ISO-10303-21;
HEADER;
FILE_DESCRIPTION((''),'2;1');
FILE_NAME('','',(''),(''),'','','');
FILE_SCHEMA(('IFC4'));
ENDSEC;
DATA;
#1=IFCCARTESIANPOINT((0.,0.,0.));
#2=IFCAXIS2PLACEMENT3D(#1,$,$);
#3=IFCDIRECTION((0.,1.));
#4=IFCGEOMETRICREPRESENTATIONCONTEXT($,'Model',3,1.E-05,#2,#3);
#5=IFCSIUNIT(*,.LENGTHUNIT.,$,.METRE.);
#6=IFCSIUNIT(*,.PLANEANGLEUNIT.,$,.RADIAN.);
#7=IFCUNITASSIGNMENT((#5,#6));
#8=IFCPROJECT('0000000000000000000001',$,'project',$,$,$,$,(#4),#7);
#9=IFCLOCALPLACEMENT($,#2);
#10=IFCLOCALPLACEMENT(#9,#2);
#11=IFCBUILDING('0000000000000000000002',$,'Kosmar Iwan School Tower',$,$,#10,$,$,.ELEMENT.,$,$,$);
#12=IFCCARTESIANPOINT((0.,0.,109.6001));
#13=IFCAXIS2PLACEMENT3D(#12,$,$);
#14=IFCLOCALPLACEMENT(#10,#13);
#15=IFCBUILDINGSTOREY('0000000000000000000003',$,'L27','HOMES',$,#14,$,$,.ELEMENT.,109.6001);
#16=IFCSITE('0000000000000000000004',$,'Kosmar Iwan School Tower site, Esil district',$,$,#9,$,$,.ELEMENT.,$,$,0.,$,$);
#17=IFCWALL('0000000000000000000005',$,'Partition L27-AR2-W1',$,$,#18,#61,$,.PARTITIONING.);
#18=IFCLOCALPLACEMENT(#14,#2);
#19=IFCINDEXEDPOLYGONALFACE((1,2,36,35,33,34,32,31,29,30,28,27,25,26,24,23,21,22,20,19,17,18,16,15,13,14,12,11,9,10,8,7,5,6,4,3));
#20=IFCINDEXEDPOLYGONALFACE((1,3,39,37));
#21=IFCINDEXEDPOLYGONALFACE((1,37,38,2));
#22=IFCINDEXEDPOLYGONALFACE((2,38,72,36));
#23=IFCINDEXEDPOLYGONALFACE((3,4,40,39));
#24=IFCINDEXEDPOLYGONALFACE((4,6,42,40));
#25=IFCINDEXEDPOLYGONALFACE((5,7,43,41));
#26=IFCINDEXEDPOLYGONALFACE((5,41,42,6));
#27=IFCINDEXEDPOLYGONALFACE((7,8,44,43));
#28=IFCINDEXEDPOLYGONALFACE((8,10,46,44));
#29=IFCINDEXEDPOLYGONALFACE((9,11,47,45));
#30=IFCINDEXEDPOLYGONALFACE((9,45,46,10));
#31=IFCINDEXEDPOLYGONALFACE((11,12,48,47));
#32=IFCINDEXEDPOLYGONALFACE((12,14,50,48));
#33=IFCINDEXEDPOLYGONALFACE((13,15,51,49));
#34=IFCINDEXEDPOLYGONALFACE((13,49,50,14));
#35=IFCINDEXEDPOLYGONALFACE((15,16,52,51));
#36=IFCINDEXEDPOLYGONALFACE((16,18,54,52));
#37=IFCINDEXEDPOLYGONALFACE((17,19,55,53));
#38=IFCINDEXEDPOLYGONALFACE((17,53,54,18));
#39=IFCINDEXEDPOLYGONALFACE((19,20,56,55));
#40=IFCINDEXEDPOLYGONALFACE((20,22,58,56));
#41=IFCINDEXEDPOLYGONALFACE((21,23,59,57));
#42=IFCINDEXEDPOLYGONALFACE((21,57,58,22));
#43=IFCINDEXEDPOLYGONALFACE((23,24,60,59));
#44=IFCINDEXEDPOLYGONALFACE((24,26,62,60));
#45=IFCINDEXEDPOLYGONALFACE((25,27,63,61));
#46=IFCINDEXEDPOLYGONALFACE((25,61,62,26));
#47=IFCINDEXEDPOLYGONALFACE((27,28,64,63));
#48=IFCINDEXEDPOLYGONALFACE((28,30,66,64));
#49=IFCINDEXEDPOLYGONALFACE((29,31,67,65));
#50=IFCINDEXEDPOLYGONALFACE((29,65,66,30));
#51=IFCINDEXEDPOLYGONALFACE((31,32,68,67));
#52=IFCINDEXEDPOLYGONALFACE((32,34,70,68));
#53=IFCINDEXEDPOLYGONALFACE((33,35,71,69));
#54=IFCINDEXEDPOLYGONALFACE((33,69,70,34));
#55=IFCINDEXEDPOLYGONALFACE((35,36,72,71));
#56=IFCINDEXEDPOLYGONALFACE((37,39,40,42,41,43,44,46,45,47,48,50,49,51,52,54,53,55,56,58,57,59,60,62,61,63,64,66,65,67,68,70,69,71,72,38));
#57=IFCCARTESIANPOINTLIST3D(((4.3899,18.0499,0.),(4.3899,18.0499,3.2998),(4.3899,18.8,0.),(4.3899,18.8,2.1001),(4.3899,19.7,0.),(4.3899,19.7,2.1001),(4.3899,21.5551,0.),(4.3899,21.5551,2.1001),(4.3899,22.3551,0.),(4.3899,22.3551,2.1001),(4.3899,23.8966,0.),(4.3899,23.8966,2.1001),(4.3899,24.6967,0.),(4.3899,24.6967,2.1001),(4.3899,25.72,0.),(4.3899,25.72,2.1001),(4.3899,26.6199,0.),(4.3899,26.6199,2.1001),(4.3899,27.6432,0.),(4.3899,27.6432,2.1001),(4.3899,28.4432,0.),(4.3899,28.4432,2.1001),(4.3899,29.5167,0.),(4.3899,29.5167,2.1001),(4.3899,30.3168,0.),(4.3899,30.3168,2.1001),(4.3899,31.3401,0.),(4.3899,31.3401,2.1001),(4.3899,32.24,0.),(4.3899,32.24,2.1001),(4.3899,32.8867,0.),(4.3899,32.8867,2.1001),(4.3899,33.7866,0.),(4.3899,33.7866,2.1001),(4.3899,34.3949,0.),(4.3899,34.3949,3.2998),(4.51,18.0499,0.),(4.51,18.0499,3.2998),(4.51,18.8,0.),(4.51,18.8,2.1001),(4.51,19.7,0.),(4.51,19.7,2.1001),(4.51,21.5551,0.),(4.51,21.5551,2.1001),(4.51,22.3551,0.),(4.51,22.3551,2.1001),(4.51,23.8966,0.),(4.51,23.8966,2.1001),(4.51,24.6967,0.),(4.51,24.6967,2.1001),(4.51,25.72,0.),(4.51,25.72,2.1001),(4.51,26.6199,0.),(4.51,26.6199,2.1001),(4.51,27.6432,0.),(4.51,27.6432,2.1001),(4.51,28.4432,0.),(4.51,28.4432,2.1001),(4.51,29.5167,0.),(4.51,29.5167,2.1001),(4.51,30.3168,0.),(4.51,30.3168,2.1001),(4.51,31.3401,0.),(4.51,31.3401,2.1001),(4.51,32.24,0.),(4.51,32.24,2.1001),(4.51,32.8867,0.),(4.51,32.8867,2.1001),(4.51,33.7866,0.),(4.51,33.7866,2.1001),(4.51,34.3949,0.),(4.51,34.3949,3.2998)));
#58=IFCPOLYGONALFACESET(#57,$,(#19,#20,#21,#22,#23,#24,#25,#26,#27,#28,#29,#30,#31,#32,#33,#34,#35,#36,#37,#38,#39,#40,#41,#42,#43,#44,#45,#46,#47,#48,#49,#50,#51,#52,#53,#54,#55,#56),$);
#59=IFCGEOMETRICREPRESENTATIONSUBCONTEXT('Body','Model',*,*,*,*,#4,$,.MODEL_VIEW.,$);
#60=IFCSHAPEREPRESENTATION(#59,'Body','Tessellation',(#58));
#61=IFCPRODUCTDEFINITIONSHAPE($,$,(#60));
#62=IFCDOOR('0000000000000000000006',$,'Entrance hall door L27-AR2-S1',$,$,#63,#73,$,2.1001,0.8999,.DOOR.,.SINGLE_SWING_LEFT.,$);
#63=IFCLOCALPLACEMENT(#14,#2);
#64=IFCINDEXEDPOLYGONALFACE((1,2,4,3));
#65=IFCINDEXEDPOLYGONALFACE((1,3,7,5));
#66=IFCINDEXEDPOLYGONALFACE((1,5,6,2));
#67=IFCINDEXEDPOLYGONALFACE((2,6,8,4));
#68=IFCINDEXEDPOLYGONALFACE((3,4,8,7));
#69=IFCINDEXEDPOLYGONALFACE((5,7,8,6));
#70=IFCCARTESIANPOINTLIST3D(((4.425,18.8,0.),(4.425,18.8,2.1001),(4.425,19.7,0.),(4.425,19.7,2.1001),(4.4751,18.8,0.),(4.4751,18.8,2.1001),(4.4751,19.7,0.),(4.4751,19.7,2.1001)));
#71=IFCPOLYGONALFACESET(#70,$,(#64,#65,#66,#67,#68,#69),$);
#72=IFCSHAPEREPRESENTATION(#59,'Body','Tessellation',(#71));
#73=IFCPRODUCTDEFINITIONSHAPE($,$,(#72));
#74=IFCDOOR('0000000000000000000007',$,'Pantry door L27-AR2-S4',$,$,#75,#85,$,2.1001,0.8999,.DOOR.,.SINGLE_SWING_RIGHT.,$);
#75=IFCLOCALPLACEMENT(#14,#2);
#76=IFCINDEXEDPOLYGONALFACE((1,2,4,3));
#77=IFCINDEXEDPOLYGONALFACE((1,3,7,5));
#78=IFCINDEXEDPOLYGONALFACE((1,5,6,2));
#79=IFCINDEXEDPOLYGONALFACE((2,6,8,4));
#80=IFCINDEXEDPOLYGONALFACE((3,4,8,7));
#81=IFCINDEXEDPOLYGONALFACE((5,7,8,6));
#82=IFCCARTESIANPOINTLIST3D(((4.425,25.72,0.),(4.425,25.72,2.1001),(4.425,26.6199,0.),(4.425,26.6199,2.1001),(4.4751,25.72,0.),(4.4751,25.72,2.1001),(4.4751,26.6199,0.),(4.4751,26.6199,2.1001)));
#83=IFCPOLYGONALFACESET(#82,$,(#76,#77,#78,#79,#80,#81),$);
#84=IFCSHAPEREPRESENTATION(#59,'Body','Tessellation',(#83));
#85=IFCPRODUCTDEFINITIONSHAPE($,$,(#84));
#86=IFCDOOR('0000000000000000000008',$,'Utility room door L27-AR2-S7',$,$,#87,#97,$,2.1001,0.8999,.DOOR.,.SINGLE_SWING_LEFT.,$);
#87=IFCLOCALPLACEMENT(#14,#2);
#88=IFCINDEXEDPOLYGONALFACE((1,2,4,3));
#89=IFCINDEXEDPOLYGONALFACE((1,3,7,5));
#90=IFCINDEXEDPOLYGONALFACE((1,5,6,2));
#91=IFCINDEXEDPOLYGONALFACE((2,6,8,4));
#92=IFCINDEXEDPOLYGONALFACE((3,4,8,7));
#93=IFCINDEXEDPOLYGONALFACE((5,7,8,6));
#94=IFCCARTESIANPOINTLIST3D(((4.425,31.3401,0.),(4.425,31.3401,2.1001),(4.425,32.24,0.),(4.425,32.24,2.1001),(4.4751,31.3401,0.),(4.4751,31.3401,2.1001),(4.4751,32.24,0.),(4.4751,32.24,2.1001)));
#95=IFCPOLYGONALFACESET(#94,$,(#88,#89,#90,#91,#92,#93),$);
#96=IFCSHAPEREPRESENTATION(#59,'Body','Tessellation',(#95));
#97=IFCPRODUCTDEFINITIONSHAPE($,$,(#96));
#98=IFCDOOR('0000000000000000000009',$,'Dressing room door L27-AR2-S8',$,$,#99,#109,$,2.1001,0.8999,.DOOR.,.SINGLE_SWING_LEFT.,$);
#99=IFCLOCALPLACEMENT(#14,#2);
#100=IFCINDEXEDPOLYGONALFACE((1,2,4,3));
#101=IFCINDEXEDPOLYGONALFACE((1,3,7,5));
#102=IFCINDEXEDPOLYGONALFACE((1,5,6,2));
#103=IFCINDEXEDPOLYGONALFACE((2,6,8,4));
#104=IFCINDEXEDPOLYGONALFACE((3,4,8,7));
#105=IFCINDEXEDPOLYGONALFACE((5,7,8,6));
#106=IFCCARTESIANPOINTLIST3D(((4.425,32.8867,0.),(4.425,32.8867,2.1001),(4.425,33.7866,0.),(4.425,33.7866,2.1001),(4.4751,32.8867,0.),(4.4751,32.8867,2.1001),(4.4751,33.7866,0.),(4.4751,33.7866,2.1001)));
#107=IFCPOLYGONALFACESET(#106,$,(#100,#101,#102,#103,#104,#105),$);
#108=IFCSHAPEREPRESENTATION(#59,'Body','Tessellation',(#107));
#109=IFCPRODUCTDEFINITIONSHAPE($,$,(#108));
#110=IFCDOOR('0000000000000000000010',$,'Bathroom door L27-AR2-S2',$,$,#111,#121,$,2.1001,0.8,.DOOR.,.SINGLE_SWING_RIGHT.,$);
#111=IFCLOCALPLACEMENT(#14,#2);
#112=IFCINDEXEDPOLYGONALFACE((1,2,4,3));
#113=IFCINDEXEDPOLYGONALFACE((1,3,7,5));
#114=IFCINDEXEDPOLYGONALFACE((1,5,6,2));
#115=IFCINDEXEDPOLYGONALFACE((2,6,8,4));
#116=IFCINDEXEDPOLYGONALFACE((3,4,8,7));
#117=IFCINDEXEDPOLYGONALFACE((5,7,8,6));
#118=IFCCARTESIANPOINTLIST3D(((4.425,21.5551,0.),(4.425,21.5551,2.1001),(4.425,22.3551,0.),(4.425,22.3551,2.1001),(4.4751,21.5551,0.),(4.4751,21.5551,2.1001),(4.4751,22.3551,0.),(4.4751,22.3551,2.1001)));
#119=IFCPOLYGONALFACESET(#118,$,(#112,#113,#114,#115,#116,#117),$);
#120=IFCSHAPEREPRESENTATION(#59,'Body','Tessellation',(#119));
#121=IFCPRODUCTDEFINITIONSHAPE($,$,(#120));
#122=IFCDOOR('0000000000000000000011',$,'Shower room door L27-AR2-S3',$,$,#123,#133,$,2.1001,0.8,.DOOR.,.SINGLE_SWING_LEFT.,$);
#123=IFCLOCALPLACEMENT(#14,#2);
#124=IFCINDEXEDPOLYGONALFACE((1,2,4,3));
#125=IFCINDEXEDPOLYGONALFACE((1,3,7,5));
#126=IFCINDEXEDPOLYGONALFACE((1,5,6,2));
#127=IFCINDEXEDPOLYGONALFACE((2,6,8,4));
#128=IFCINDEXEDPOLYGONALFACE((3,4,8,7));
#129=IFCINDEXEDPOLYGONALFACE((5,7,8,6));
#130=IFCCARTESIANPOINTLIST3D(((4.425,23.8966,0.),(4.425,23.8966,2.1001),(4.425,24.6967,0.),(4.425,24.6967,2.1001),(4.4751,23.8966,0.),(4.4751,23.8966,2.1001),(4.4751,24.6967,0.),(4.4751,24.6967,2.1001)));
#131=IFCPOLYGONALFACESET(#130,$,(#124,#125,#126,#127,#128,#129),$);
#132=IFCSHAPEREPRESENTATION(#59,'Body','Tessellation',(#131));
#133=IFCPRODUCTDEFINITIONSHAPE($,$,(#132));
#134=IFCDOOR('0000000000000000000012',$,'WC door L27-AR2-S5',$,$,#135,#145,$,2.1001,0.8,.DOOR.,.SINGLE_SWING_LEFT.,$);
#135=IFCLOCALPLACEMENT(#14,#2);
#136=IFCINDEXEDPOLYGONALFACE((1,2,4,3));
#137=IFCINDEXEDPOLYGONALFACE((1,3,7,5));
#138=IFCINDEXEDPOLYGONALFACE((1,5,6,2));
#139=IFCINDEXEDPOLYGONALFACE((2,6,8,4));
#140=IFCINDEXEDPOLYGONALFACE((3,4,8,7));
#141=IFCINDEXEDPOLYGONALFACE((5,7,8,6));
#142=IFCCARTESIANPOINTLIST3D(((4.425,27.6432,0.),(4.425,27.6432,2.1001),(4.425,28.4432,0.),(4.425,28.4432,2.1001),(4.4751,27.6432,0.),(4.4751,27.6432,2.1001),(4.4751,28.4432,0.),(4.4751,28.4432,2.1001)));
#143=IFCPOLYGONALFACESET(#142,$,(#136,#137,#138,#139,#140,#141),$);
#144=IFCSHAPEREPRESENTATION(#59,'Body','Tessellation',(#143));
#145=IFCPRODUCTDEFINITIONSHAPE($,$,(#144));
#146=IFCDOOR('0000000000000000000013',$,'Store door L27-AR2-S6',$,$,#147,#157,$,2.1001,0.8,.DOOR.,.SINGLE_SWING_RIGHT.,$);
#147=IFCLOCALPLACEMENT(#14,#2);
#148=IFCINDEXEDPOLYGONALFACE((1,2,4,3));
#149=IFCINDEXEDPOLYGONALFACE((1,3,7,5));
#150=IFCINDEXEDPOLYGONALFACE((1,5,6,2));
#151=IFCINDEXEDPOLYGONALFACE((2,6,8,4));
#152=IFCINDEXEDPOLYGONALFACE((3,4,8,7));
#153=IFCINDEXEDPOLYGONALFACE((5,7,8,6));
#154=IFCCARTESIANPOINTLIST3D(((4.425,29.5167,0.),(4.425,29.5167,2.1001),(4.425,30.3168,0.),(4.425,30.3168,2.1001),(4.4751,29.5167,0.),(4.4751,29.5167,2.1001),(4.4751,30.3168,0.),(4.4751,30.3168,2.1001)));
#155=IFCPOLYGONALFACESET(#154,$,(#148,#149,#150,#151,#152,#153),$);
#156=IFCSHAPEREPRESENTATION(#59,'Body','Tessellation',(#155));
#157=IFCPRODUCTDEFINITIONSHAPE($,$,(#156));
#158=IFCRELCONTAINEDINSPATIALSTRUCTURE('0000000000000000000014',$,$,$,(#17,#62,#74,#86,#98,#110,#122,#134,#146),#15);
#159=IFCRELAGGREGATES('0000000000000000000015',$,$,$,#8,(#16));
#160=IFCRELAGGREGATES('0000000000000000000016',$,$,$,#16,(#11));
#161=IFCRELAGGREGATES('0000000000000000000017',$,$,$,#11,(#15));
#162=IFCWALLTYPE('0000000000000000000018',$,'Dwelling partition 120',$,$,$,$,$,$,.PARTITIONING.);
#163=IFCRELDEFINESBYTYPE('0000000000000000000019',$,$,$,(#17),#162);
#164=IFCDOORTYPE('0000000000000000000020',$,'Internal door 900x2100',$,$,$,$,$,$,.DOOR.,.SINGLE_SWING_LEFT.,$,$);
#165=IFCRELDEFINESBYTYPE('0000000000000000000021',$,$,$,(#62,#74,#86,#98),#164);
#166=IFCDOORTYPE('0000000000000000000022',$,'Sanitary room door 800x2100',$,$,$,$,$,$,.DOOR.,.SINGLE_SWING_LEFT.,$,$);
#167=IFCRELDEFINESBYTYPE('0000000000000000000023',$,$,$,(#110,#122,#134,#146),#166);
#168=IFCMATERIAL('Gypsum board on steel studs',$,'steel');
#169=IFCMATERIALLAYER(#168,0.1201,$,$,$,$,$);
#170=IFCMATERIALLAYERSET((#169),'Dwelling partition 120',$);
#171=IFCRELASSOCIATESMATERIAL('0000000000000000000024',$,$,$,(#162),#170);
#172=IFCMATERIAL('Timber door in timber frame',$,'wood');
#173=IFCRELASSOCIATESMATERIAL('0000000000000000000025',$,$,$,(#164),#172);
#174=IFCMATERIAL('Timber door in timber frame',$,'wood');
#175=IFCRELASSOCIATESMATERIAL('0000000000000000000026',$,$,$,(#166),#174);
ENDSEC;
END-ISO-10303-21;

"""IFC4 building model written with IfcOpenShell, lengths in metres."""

from ifc_helpers import new_model, si_unit, direction, frame, frame_2d, origin, place, context, subcontext, project, spatial, rectangle, extrude, material, layer, layer_set, type_object, element, fill, save


model = new_model("IFC4")

# Units and contexts
model_context = context("Model", 3, precision=1e-05, world=origin(), true_north=direction((0.0, 1.0)))
body_context = subcontext(model_context, "Body", "Model", "MODEL_VIEW")
ifc_project = project(units=[si_unit("LENGTHUNIT", "METRE"), si_unit("PLANEANGLEUNIT", "RADIAN")], contexts=[model_context])

# Site, building, storey
site_placement = place(None, origin())
site = spatial("IfcSite", under=ifc_project, at=site_placement, Name="Kosmar Iwan School Tower site, Esil district", CompositionType="ELEMENT", RefElevation=0.0)
building_placement = place(site_placement, origin())
building = spatial("IfcBuilding", under=site, at=building_placement, Name="Kosmar Iwan School Tower", CompositionType="ELEMENT")
storey_placement = place(building_placement, frame((0.0, 0.0, 109.6001)))
storey = spatial("IfcBuildingStorey", under=building, at=storey_placement, Name="L27", Description="HOMES", CompositionType="ELEMENT", Elevation=109.6001)

# Shared definitions
ifc_material_1 = material(Name="Gypsum board on steel studs", Category="steel")
ifc_layer_1 = layer(ifc_material_1, 0.1201)
ifc_layer_set_1 = layer_set([ifc_layer_1], Name="Dwelling partition 120")
wall_type_1 = type_object("IfcWallType", Name="Dwelling partition 120", PredefinedType="PARTITIONING", material=ifc_layer_set_1)
ifc_material_2 = material(Name="Timber door in timber frame", Category="wood")
door_type_1 = type_object("IfcDoorType", Name="Internal door 900x2100", OperationType="SINGLE_SWING_LEFT", PredefinedType="DOOR", material=ifc_material_2)

# Wall, openings, doors
wall_1_placement = place(storey_placement, frame((4.45, 18.05, 0.0), z_axis=(0.0, 0.0, 1.0), x_axis=(0.0, 1.0, 0.0)))
wall_1 = element("IfcWall", 1, at=wall_1_placement, inside=storey, type_object=wall_type_1, Name="Partition L27-AR2-W1", PredefinedType="PARTITIONING", context=body_context, shape_type="SweptSolid", body=[
    extrude(rectangle(XDim=16.345, YDim=0.1201, at=frame_2d((8.1724, 0.0))), origin(), (0.0, 0.0, 1.0), 3.2998),
])
opening_1_placement = place(wall_1_placement, frame((0.75, 0.0, 0.0)))
opening_1 = element("IfcOpeningElement", 2, at=opening_1_placement, cuts=wall_1, PredefinedType="OPENING", context=body_context, shape_type="SweptSolid", body=[
    extrude(rectangle(XDim=0.8999, YDim=2.1001, at=frame_2d((0.45, 1.05))), frame((0.0, 0.072, 0.0), z_axis=(0.0, -1.0, 0.0), x_axis=(1.0, 0.0, 0.0)), (0.0, 0.0, 1.0), 0.144),
])
opening_2_placement = place(wall_1_placement, frame((3.5051, 0.0, 0.0)))
opening_2 = element("IfcOpeningElement", 3, at=opening_2_placement, cuts=wall_1, PredefinedType="OPENING", context=body_context, shape_type="SweptSolid", body=[
    extrude(rectangle(XDim=0.8, YDim=2.1001, at=frame_2d((0.3999, 1.05))), frame((0.0, 0.072, 0.0), z_axis=(0.0, -1.0, 0.0), x_axis=(1.0, 0.0, 0.0)), (0.0, 0.0, 1.0), 0.144),
])
opening_3_placement = place(wall_1_placement, frame((5.8467, 0.0, 0.0)))
opening_3 = element("IfcOpeningElement", 4, at=opening_3_placement, cuts=wall_1, PredefinedType="OPENING", context=body_context, shape_type="SweptSolid", body=[
    extrude(rectangle(XDim=0.8, YDim=2.1001, at=frame_2d((0.3999, 1.05))), frame((0.0, 0.072, 0.0), z_axis=(0.0, -1.0, 0.0), x_axis=(1.0, 0.0, 0.0)), (0.0, 0.0, 1.0), 0.144),
])
opening_4_placement = place(wall_1_placement, frame((7.6699, 0.0, 0.0)))
opening_4 = element("IfcOpeningElement", 5, at=opening_4_placement, cuts=wall_1, PredefinedType="OPENING", context=body_context, shape_type="SweptSolid", body=[
    extrude(rectangle(XDim=0.8999, YDim=2.1001, at=frame_2d((0.45, 1.05))), frame((0.0, 0.072, 0.0), z_axis=(0.0, -1.0, 0.0), x_axis=(1.0, 0.0, 0.0)), (0.0, 0.0, 1.0), 0.144),
])
opening_5_placement = place(wall_1_placement, frame((9.5933, 0.0, 0.0)))
opening_5 = element("IfcOpeningElement", 6, at=opening_5_placement, cuts=wall_1, PredefinedType="OPENING", context=body_context, shape_type="SweptSolid", body=[
    extrude(rectangle(XDim=0.8, YDim=2.1001, at=frame_2d((0.3999, 1.05))), frame((0.0, 0.072, 0.0), z_axis=(0.0, -1.0, 0.0), x_axis=(1.0, 0.0, 0.0)), (0.0, 0.0, 1.0), 0.144),
])
opening_6_placement = place(wall_1_placement, frame((11.4668, 0.0, 0.0)))
opening_6 = element("IfcOpeningElement", 7, at=opening_6_placement, cuts=wall_1, PredefinedType="OPENING", context=body_context, shape_type="SweptSolid", body=[
    extrude(rectangle(XDim=0.8, YDim=2.1001, at=frame_2d((0.3999, 1.05))), frame((0.0, 0.072, 0.0), z_axis=(0.0, -1.0, 0.0), x_axis=(1.0, 0.0, 0.0)), (0.0, 0.0, 1.0), 0.144),
])
opening_7_placement = place(wall_1_placement, frame((13.29, 0.0, 0.0)))
opening_7 = element("IfcOpeningElement", 8, at=opening_7_placement, cuts=wall_1, PredefinedType="OPENING", context=body_context, shape_type="SweptSolid", body=[
    extrude(rectangle(XDim=0.8999, YDim=2.1001, at=frame_2d((0.45, 1.05))), frame((0.0, 0.072, 0.0), z_axis=(0.0, -1.0, 0.0), x_axis=(1.0, 0.0, 0.0)), (0.0, 0.0, 1.0), 0.144),
])
opening_8_placement = place(wall_1_placement, frame((14.8367, 0.0, 0.0)))
opening_8 = element("IfcOpeningElement", 9, at=opening_8_placement, cuts=wall_1, PredefinedType="OPENING", context=body_context, shape_type="SweptSolid", body=[
    extrude(rectangle(XDim=0.8999, YDim=2.1001, at=frame_2d((0.45, 1.05))), frame((0.0, 0.072, 0.0), z_axis=(0.0, -1.0, 0.0), x_axis=(1.0, 0.0, 0.0)), (0.0, 0.0, 1.0), 0.144),
])
door_1_placement = place(opening_1_placement, origin())
door_1 = element("IfcDoor", 10, at=door_1_placement, inside=storey, type_object=door_type_1, Name="Entrance hall door L27-AR2-S1", OperationType="SINGLE_SWING_LEFT", OverallHeight=2.1001, OverallWidth=0.8999, PredefinedType="DOOR", context=body_context, shape_type="SweptSolid", body=[
    extrude(rectangle(XDim=0.8999, YDim=2.1001, at=frame_2d((0.45, 1.05))), frame((0.0, 0.0249, 0.0), z_axis=(0.0, -1.0, 0.0), x_axis=(1.0, 0.0, 0.0)), (0.0, 0.0, 1.0), 0.05),
])
fill(opening_1, door_1)
door_2_placement = place(opening_4_placement, origin())
door_2 = element("IfcDoor", 11, at=door_2_placement, inside=storey, type_object=door_type_1, Name="Pantry door L27-AR2-S4", OperationType="SINGLE_SWING_RIGHT", OverallHeight=2.1001, OverallWidth=0.8999, PredefinedType="DOOR", context=body_context, shape_type="SweptSolid", body=[
    extrude(rectangle(XDim=0.8999, YDim=2.1001, at=frame_2d((0.45, 1.05))), frame((0.0, 0.0249, 0.0), z_axis=(0.0, -1.0, 0.0), x_axis=(1.0, 0.0, 0.0)), (0.0, 0.0, 1.0), 0.05),
])
fill(opening_4, door_2)
door_3_placement = place(opening_7_placement, origin())
door_3 = element("IfcDoor", 12, at=door_3_placement, inside=storey, type_object=door_type_1, Name="Utility room door L27-AR2-S7", OperationType="SINGLE_SWING_LEFT", OverallHeight=2.1001, OverallWidth=0.8999, PredefinedType="DOOR", context=body_context, shape_type="SweptSolid", body=[
    extrude(rectangle(XDim=0.8999, YDim=2.1001, at=frame_2d((0.45, 1.05))), frame((0.0, 0.0249, 0.0), z_axis=(0.0, -1.0, 0.0), x_axis=(1.0, 0.0, 0.0)), (0.0, 0.0, 1.0), 0.05),
])
fill(opening_7, door_3)
door_4_placement = place(opening_8_placement, origin())
door_4 = element("IfcDoor", 13, at=door_4_placement, inside=storey, type_object=door_type_1, Name="Dressing room door L27-AR2-S8", OperationType="SINGLE_SWING_LEFT", OverallHeight=2.1001, OverallWidth=0.8999, PredefinedType="DOOR", context=body_context, shape_type="SweptSolid", body=[
    extrude(rectangle(XDim=0.8999, YDim=2.1001, at=frame_2d((0.45, 1.05))), frame((0.0, 0.0249, 0.0), z_axis=(0.0, -1.0, 0.0), x_axis=(1.0, 0.0, 0.0)), (0.0, 0.0, 1.0), 0.05),
])
fill(opening_8, door_4)
ifc_material_3 = material(Name="Timber door in timber frame", Category="wood")
door_type_2 = type_object("IfcDoorType", Name="Sanitary room door 800x2100", OperationType="SINGLE_SWING_LEFT", PredefinedType="DOOR", material=ifc_material_3)
door_5_placement = place(opening_2_placement, origin())
door_5 = element("IfcDoor", 14, at=door_5_placement, inside=storey, type_object=door_type_2, Name="Bathroom door L27-AR2-S2", OperationType="SINGLE_SWING_RIGHT", OverallHeight=2.1001, OverallWidth=0.8, PredefinedType="DOOR", context=body_context, shape_type="SweptSolid", body=[
    extrude(rectangle(XDim=0.8, YDim=2.1001, at=frame_2d((0.3999, 1.05))), frame((0.0, 0.0249, 0.0), z_axis=(0.0, -1.0, 0.0), x_axis=(1.0, 0.0, 0.0)), (0.0, 0.0, 1.0), 0.05),
])
fill(opening_2, door_5)
door_6_placement = place(opening_3_placement, origin())
door_6 = element("IfcDoor", 15, at=door_6_placement, inside=storey, type_object=door_type_2, Name="Shower room door L27-AR2-S3", OperationType="SINGLE_SWING_LEFT", OverallHeight=2.1001, OverallWidth=0.8, PredefinedType="DOOR", context=body_context, shape_type="SweptSolid", body=[
    extrude(rectangle(XDim=0.8, YDim=2.1001, at=frame_2d((0.3999, 1.05))), frame((0.0, 0.0249, 0.0), z_axis=(0.0, -1.0, 0.0), x_axis=(1.0, 0.0, 0.0)), (0.0, 0.0, 1.0), 0.05),
])
fill(opening_3, door_6)
door_7_placement = place(opening_5_placement, origin())
door_7 = element("IfcDoor", 16, at=door_7_placement, inside=storey, type_object=door_type_2, Name="WC door L27-AR2-S5", OperationType="SINGLE_SWING_LEFT", OverallHeight=2.1001, OverallWidth=0.8, PredefinedType="DOOR", context=body_context, shape_type="SweptSolid", body=[
    extrude(rectangle(XDim=0.8, YDim=2.1001, at=frame_2d((0.3999, 1.05))), frame((0.0, 0.0249, 0.0), z_axis=(0.0, -1.0, 0.0), x_axis=(1.0, 0.0, 0.0)), (0.0, 0.0, 1.0), 0.05),
])
fill(opening_5, door_7)
door_8_placement = place(opening_6_placement, origin())
door_8 = element("IfcDoor", 17, at=door_8_placement, inside=storey, type_object=door_type_2, Name="Store door L27-AR2-S6", OperationType="SINGLE_SWING_RIGHT", OverallHeight=2.1001, OverallWidth=0.8, PredefinedType="DOOR", context=body_context, shape_type="SweptSolid", body=[
    extrude(rectangle(XDim=0.8, YDim=2.1001, at=frame_2d((0.3999, 1.05))), frame((0.0, 0.0249, 0.0), z_axis=(0.0, -1.0, 0.0), x_axis=(1.0, 0.0, 0.0)), (0.0, 0.0, 1.0), 0.05),
])
fill(opening_6, door_8)

save(model, "model.ifc")
